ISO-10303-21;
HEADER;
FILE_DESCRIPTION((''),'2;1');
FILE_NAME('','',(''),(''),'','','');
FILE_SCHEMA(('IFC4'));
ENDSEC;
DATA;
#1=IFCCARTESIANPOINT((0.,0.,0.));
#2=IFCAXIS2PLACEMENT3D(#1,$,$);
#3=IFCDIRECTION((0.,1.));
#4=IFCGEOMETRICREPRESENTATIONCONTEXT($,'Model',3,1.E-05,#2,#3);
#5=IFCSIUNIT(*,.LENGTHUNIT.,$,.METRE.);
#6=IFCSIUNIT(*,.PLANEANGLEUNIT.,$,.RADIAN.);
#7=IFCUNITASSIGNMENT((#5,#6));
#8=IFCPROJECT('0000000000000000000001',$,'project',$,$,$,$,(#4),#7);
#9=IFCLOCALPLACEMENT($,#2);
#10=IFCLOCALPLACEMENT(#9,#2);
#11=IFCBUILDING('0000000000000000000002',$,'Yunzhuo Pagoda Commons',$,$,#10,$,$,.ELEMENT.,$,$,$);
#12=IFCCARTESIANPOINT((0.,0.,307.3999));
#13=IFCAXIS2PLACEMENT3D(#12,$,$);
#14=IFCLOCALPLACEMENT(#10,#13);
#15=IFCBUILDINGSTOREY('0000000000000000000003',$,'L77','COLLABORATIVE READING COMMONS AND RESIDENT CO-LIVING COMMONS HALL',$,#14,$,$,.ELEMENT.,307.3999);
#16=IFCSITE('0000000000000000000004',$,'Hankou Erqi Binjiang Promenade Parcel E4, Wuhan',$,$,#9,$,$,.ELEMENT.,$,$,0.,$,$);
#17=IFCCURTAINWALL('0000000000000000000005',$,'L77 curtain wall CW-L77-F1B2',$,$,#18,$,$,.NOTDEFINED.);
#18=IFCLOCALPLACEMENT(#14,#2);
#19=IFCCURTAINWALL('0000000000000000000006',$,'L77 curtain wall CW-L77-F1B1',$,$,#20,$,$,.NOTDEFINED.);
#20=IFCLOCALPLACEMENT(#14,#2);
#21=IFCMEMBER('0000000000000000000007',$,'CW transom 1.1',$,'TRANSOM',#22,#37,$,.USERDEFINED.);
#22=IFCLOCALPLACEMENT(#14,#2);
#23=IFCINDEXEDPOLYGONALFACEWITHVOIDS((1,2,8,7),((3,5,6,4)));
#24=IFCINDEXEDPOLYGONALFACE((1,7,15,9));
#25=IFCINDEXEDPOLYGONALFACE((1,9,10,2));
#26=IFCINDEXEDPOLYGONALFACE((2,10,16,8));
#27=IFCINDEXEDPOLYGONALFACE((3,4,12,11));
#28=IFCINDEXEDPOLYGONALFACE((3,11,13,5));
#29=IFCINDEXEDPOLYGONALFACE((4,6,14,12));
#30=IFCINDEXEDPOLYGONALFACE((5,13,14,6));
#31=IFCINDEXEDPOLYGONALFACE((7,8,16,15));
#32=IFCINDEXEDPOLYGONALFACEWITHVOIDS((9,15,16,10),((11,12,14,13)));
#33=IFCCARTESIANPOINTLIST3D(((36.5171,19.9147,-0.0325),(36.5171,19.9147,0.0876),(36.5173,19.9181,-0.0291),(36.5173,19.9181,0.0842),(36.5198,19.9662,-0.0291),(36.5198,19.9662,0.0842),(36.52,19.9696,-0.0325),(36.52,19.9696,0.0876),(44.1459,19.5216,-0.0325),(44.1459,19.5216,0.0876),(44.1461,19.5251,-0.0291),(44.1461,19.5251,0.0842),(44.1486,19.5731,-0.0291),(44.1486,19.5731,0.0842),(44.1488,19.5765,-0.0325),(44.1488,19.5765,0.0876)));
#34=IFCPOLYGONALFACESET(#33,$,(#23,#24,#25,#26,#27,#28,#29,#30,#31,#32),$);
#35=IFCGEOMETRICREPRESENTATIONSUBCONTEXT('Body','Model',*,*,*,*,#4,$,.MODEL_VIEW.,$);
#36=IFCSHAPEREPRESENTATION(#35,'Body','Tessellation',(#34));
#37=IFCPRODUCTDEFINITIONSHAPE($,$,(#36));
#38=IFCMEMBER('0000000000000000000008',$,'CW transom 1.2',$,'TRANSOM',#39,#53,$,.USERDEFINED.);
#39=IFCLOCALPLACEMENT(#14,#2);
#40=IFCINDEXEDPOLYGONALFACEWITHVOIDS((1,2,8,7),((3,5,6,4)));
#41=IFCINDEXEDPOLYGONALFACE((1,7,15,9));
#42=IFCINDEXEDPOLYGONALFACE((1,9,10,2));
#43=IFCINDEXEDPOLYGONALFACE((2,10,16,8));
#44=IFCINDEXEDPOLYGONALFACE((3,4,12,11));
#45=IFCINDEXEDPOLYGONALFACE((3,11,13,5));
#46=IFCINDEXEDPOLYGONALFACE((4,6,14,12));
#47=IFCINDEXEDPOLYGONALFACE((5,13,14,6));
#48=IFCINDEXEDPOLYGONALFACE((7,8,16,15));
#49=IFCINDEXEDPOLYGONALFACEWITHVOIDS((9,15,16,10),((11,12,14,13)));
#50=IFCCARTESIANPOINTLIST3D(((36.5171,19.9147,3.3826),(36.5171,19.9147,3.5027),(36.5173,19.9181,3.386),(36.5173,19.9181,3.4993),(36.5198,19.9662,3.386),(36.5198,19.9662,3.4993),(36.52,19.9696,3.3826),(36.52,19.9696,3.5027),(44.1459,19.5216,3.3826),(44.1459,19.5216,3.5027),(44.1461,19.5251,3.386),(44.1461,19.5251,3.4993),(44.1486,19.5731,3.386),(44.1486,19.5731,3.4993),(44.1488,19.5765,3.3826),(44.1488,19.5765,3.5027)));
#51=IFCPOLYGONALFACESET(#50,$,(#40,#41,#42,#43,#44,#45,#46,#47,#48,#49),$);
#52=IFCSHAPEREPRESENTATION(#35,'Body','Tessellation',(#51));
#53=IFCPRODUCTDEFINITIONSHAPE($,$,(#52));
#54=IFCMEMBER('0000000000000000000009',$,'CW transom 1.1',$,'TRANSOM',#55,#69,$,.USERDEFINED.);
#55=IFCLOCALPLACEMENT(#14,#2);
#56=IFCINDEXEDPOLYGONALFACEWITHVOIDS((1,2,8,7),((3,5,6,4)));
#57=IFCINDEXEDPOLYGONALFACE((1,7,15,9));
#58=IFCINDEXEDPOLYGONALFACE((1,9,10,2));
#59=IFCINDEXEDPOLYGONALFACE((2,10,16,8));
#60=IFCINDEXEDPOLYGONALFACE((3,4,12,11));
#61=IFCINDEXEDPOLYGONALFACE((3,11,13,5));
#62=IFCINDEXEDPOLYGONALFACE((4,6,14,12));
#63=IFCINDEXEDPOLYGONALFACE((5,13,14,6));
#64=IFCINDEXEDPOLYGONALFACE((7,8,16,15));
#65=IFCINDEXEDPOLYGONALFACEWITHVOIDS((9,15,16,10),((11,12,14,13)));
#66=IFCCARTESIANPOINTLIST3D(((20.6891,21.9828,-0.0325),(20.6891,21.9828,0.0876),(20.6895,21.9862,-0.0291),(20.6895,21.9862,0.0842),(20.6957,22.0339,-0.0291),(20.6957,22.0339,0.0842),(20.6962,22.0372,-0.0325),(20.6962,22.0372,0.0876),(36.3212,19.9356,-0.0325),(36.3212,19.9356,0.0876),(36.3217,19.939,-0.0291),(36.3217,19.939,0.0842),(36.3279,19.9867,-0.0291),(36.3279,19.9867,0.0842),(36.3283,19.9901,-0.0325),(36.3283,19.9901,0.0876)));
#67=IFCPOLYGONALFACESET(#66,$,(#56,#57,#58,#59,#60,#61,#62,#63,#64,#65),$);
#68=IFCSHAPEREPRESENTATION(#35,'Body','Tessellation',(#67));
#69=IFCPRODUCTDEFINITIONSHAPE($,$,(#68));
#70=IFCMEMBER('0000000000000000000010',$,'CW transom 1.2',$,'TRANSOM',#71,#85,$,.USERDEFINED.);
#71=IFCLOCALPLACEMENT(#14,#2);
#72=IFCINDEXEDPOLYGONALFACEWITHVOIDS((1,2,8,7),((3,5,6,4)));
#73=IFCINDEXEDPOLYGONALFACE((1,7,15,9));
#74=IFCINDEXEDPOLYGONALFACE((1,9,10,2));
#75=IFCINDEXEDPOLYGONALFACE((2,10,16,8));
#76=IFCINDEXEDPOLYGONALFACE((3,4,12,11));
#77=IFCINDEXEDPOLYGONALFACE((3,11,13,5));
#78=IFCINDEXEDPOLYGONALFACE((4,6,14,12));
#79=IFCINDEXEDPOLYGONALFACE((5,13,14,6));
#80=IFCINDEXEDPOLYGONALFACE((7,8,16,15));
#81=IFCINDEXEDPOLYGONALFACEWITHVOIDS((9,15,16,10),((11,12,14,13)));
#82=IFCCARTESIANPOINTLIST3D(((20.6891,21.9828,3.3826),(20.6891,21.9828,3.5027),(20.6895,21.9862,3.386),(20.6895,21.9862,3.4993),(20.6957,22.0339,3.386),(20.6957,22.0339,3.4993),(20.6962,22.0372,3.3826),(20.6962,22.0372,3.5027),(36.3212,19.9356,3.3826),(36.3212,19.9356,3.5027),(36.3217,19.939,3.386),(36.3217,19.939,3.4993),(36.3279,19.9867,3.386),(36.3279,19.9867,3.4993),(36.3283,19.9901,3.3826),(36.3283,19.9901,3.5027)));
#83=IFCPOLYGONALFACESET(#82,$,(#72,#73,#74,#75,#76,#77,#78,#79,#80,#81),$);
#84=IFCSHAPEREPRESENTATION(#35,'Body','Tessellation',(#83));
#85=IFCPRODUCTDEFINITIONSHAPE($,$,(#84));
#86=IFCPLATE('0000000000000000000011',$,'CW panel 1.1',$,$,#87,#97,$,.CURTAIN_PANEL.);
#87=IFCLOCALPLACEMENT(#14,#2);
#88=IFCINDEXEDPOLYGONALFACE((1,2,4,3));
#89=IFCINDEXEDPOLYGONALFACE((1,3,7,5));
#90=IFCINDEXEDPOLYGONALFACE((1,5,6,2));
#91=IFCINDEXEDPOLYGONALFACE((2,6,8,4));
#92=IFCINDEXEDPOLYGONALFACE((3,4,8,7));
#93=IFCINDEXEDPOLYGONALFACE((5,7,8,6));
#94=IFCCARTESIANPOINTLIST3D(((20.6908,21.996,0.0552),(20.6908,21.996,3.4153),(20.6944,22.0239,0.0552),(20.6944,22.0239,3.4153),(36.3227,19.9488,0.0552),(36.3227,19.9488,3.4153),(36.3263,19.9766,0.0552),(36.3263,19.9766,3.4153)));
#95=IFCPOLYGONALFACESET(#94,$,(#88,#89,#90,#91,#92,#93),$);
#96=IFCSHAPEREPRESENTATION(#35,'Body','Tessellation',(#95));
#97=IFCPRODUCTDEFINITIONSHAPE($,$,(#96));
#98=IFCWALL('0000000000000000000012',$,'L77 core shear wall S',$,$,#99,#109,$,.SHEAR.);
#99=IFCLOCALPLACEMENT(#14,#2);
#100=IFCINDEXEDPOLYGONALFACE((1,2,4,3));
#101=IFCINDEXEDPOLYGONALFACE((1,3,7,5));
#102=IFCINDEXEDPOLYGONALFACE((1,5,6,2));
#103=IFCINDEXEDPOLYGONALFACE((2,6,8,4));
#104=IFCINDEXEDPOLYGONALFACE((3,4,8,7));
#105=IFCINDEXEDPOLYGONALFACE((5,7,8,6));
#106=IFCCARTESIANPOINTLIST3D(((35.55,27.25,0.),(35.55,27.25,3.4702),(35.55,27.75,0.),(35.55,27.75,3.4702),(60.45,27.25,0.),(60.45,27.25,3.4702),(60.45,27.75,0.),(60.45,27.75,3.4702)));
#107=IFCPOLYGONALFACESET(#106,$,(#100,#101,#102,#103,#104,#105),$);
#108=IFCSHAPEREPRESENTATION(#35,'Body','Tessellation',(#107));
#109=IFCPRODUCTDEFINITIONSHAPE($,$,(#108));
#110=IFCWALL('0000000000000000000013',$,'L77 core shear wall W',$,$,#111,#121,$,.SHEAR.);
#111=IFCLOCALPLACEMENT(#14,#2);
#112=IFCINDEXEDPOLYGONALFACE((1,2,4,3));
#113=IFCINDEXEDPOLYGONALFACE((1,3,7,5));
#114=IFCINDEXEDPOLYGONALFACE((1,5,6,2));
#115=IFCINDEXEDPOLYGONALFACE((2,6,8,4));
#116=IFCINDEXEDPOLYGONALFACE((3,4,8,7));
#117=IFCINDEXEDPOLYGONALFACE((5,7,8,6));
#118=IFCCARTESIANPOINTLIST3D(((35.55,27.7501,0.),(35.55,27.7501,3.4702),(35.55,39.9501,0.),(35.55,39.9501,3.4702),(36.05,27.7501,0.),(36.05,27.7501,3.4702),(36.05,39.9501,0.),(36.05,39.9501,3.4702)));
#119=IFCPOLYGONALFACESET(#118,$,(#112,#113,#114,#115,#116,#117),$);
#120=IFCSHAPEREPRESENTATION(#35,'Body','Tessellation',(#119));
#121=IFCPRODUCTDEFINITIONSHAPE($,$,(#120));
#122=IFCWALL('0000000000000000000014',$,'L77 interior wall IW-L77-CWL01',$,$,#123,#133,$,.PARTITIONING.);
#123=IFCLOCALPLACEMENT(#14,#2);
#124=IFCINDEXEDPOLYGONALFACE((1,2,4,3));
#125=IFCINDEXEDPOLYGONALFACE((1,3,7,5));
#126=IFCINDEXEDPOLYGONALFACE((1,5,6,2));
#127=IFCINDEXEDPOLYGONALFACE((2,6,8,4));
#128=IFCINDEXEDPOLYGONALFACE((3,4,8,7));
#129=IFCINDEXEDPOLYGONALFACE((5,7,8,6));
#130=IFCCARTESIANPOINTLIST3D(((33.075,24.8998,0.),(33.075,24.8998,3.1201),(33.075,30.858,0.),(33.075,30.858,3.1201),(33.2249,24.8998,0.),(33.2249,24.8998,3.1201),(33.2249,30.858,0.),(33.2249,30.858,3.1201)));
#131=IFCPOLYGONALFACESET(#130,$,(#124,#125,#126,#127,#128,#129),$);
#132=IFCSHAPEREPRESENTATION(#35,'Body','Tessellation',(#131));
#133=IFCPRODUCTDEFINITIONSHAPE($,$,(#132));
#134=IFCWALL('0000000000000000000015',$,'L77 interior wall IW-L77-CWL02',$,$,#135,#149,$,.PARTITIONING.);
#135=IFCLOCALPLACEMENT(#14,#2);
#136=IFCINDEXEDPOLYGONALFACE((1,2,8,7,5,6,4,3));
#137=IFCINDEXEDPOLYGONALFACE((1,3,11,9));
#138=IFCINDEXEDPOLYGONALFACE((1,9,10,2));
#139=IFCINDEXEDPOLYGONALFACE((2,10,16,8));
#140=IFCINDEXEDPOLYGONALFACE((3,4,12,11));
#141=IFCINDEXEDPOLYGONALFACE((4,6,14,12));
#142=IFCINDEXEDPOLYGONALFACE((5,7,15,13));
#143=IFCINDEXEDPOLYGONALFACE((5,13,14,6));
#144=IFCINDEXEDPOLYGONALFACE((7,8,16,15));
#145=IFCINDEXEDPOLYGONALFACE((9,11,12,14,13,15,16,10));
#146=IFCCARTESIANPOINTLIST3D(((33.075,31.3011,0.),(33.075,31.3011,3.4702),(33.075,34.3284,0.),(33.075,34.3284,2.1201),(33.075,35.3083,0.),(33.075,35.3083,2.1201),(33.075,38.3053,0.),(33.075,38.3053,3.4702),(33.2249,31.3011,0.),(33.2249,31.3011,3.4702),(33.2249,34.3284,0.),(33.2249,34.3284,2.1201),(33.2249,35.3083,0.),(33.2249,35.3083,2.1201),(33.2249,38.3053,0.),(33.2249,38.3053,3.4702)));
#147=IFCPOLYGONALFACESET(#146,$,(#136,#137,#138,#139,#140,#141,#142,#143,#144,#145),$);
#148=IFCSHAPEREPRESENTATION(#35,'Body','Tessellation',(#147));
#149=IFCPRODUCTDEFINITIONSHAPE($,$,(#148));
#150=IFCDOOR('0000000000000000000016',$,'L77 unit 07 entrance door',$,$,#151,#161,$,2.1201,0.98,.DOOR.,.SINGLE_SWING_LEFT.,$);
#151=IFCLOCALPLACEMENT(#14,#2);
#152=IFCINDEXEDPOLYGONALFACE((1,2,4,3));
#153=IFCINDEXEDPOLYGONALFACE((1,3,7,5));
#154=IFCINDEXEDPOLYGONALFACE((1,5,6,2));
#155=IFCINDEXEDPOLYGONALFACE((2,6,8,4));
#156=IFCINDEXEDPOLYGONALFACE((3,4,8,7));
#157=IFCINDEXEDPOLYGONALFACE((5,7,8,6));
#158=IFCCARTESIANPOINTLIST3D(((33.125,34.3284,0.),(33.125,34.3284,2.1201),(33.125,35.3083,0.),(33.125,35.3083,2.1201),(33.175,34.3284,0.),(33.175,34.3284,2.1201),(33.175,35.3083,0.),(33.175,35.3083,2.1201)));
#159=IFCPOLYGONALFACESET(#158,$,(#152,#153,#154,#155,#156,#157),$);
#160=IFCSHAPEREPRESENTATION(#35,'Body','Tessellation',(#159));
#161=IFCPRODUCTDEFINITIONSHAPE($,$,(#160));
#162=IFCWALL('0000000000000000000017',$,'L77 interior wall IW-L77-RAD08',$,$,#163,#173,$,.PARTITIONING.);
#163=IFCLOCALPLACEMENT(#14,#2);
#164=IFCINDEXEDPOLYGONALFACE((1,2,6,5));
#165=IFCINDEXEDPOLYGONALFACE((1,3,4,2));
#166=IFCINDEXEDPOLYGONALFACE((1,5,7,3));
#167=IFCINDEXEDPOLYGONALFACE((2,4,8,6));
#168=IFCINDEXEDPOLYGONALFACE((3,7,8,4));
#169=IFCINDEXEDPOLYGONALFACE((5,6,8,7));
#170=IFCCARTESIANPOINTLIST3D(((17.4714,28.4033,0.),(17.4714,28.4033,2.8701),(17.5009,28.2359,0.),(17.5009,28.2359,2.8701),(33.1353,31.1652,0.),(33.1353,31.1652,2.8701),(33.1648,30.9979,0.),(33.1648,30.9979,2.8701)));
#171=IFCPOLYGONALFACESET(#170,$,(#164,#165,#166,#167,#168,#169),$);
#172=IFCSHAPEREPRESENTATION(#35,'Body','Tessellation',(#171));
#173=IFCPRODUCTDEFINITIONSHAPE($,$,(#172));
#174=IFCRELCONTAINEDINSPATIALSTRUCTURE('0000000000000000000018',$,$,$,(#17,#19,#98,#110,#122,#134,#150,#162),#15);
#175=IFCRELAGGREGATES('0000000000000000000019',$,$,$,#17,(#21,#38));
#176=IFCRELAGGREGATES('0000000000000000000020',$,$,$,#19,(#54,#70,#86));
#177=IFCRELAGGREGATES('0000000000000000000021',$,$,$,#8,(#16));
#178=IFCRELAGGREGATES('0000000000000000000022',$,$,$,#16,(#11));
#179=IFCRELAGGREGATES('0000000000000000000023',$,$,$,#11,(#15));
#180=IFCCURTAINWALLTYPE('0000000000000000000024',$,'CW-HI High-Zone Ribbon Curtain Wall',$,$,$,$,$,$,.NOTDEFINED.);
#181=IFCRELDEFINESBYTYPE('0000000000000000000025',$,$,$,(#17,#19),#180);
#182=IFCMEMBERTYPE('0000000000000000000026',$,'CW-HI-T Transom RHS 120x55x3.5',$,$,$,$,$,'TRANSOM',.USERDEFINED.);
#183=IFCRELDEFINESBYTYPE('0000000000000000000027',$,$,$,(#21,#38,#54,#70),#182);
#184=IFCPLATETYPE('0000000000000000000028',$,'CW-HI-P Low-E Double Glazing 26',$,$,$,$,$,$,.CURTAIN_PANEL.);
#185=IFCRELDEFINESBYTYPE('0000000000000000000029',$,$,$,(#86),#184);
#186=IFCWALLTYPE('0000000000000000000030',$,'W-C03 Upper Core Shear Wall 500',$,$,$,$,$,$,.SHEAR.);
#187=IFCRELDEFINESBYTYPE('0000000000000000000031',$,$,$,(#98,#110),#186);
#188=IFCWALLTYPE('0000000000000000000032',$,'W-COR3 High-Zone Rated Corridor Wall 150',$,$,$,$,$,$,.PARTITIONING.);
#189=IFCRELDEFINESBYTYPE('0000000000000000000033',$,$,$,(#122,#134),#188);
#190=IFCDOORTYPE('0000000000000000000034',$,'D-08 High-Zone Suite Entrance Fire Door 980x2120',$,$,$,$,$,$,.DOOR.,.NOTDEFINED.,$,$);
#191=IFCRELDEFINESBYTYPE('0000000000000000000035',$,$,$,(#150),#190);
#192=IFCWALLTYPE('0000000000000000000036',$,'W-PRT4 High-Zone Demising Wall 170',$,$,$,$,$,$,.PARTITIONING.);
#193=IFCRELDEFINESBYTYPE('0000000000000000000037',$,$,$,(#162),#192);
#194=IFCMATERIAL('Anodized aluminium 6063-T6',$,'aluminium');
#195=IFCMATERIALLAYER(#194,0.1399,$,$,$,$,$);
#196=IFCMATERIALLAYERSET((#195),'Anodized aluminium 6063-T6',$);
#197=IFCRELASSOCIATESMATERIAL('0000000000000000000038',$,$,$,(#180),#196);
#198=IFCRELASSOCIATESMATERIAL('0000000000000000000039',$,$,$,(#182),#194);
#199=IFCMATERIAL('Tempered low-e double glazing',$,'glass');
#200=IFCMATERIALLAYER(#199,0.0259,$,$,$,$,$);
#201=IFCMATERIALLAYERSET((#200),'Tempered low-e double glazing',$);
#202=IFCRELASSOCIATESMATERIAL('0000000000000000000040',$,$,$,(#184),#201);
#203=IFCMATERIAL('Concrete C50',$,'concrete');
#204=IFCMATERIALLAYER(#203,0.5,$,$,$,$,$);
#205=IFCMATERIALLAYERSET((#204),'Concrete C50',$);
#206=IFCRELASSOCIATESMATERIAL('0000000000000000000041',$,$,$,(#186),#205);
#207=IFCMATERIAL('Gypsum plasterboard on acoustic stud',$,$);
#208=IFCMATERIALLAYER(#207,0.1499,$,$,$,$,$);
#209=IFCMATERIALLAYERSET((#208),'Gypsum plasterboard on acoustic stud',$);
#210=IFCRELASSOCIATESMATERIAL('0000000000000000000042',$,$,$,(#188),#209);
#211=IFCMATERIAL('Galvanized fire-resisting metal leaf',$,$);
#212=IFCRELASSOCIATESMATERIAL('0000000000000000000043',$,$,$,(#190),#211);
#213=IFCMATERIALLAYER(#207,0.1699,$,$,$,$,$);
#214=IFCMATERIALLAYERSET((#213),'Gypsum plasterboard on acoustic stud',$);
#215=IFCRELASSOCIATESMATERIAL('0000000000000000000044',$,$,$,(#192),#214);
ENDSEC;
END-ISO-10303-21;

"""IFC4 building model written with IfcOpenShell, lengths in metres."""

from ifc_helpers import new_model, si_unit, direction, frame, frame_2d, origin, origin_with_axes, origin_2d, place, context, subcontext, project, spatial, rectangle, hollow_rectangle, extrude, source, transform, mapped, material, layer, layer_set, material_profile, profile_set, type_object, element, fill, aggregate, save


model = new_model("IFC4")

# Units and contexts
model_context = context("Model", 3, precision=1e-05, world=origin(), true_north=direction((0.0, 1.0)))
body_context = subcontext(model_context, "Body", "Model", "MODEL_VIEW")
ifc_project = project(units=[si_unit("LENGTHUNIT", "METRE"), si_unit("PLANEANGLEUNIT", "RADIAN")], contexts=[model_context])

# Site, building, storey
site_placement = place(None, origin())
site = spatial("IfcSite", under=ifc_project, at=site_placement, Name="Hankou Erqi Binjiang Promenade Parcel E4, Wuhan", CompositionType="ELEMENT", RefElevation=0.0)
building_placement = place(site_placement, origin())
building = spatial("IfcBuilding", under=site, at=building_placement, Name="Yunzhuo Pagoda Commons", CompositionType="ELEMENT")
storey_placement = place(building_placement, frame((0.0, 0.0, 307.3999)))
storey = spatial("IfcBuildingStorey", under=building, at=storey_placement, Name="L77", Description="COLLABORATIVE READING COMMONS AND RESIDENT CO-LIVING COMMONS HALL", CompositionType="ELEMENT", Elevation=307.3999)

# Curtain walls
ifc_material_1 = material(Name="Anodized aluminium 6063-T6", Category="aluminium")
ifc_layer_1 = layer(ifc_material_1, 0.1399)
ifc_layer_set_1 = layer_set([ifc_layer_1], Name="Anodized aluminium 6063-T6")
curtain_wall_type = type_object("IfcCurtainWallType", Name="CW-HI High-Zone Ribbon Curtain Wall", PredefinedType="NOTDEFINED", material=ifc_layer_set_1)
curtain_wall_1_placement = place(storey_placement, origin())
curtain_wall_1 = element("IfcCurtainWall", 1, at=curtain_wall_1_placement, inside=storey, type_object=curtain_wall_type, Name="L77 curtain wall CW-L77-F1B2", PredefinedType="NOTDEFINED")
curtain_wall_2_placement = place(storey_placement, origin())
curtain_wall_2 = element("IfcCurtainWall", 2, at=curtain_wall_2_placement, inside=storey, type_object=curtain_wall_type, Name="L77 curtain wall CW-L77-F1B1", PredefinedType="NOTDEFINED")

# Members
ifc_material_profile_1 = material_profile(ifc_material_1, hollow_rectangle(XDim=0.0549, YDim=0.1201, WallThickness=0.0034, at=origin_2d()), Name="Anodized aluminium 6063-T6")
ifc_profile_set_1 = profile_set([ifc_material_profile_1], Name="Anodized aluminium 6063-T6")
member_type_1 = type_object("IfcMemberType", Name="CW-HI-T Transom RHS 120x55x3.5", ElementType="TRANSOM", PredefinedType="USERDEFINED", material=ifc_profile_set_1)
shared_shape_1 = source(origin(), body_context, "Body", "SweptSolid", [
    extrude(hollow_rectangle(XDim=0.0549, YDim=0.1201, WallThickness=0.0034, at=origin_2d()), origin(), (0.0, 0.0, 1.0), 7.6389),
])
member_1_placement = place(storey_placement, frame((36.5186, 19.9421, 0.0276), z_axis=(0.998675, -0.051455, 0.0), x_axis=(0.051455, 0.998675, 0.0)))
member_1 = element("IfcMember", 3, at=member_1_placement, type_object=member_type_1, Name="CW transom 1.1", ObjectType="TRANSOM", PredefinedType="USERDEFINED", context=body_context, shape_type="MappedRepresentation", body=[
    mapped(shared_shape_1, transform((0.0, 0.0, 0.0), scale=1.0)),
])
member_2_placement = place(storey_placement, frame((36.5186, 19.9421, 3.4426), z_axis=(0.998675, -0.051455, 0.0), x_axis=(0.051455, 0.998675, 0.0)))
member_2 = element("IfcMember", 4, at=member_2_placement, type_object=member_type_1, Name="CW transom 1.2", ObjectType="TRANSOM", PredefinedType="USERDEFINED", context=body_context, shape_type="MappedRepresentation", body=[
    mapped(shared_shape_1, transform((0.0, 0.0, 0.0), scale=1.0)),
])
aggregate(curtain_wall_1, [member_1, member_2])
shared_shape_2 = source(origin(), body_context, "Body", "SweptSolid", [
    extrude(hollow_rectangle(XDim=0.0549, YDim=0.1201, WallThickness=0.0034, at=origin_2d()), origin(), (0.0, 0.0, 1.0), 15.7656),
])
member_3_placement = place(storey_placement, frame((20.6926, 22.01, 0.0276), z_axis=(0.991534, -0.129848, 0.0), x_axis=(0.129848, 0.991534, 0.0)))
member_3 = element("IfcMember", 5, at=member_3_placement, type_object=member_type_1, Name="CW transom 1.1", ObjectType="TRANSOM", PredefinedType="USERDEFINED", context=body_context, shape_type="MappedRepresentation", body=[
    mapped(shared_shape_2, transform((0.0, 0.0, 0.0), scale=1.0)),
])
member_4_placement = place(storey_placement, frame((20.6926, 22.01, 3.4426), z_axis=(0.991534, -0.129848, 0.0), x_axis=(0.129848, 0.991534, 0.0)))
member_4 = element("IfcMember", 6, at=member_4_placement, type_object=member_type_1, Name="CW transom 1.2", ObjectType="TRANSOM", PredefinedType="USERDEFINED", context=body_context, shape_type="MappedRepresentation", body=[
    mapped(shared_shape_2, transform((0.0, 0.0, 0.0), scale=1.0)),
])

# Plate
ifc_material_2 = material(Name="Tempered low-e double glazing", Category="glass")
ifc_layer_2 = layer(ifc_material_2, 0.0259)
ifc_layer_set_2 = layer_set([ifc_layer_2], Name="Tempered low-e double glazing")
plate_type = type_object("IfcPlateType", Name="CW-HI-P Low-E Double Glazing 26", PredefinedType="CURTAIN_PANEL", material=ifc_layer_set_2)
shared_shape_3 = source(origin(), body_context, "Body", "SweptSolid", [
    extrude(rectangle(XDim=15.7654, YDim=0.0281, at=origin_2d()), origin(), (0.0, 0.0, 1.0), 3.3601),
])
plate_placement = place(storey_placement, frame((28.5085, 20.9863, 0.0552), z_axis=(0.0, 0.0, 1.0), x_axis=(0.991533, -0.129855, 0.0)))
plate = element("IfcPlate", 7, at=plate_placement, type_object=plate_type, Name="CW panel 1.1", PredefinedType="CURTAIN_PANEL", context=body_context, shape_type="MappedRepresentation", body=[
    mapped(shared_shape_3, transform((0.0, 0.0, 0.0), scale=1.0)),
])
aggregate(curtain_wall_2, [member_3, member_4, plate])

# Walls
ifc_material_3 = material(Name="Concrete C50", Category="concrete")
ifc_layer_3 = layer(ifc_material_3, 0.5)
ifc_layer_set_3 = layer_set([ifc_layer_3], Name="Concrete C50")
wall_type_1 = type_object("IfcWallType", Name="W-C03 Upper Core Shear Wall 500", PredefinedType="SHEAR", material=ifc_layer_set_3)
wall_1_placement = place(storey_placement, frame((35.55, 27.5, 0.0), z_axis=(0.0, 0.0, 1.0), x_axis=(1.0, 0.0, 0.0)))
element("IfcWall", 8, at=wall_1_placement, inside=storey, type_object=wall_type_1, Name="L77 core shear wall S", PredefinedType="SHEAR", context=body_context, shape_type="SweptSolid", body=[
    extrude(rectangle(XDim=24.8999, YDim=0.5, at=frame_2d((12.45, 0.0))), origin(), (0.0, 0.0, 1.0), 3.4702),
])
wall_2_placement = place(storey_placement, frame((35.8, 27.75, 0.0), z_axis=(0.0, 0.0, 1.0), x_axis=(0.0, 1.0, 0.0)))
element("IfcWall", 9, at=wall_2_placement, inside=storey, type_object=wall_type_1, Name="L77 core shear wall W", PredefinedType="SHEAR", context=body_context, shape_type="SweptSolid", body=[
    extrude(rectangle(XDim=12.2, YDim=0.5, at=frame_2d((6.1001, 0.0))), origin(), (0.0, 0.0, 1.0), 3.4702),
])
ifc_material_4 = material(Name="Gypsum plasterboard on acoustic stud")
ifc_layer_4 = layer(ifc_material_4, 0.1499)
ifc_layer_set_4 = layer_set([ifc_layer_4], Name="Gypsum plasterboard on acoustic stud")
wall_type_2 = type_object("IfcWallType", Name="W-COR3 High-Zone Rated Corridor Wall 150", PredefinedType="PARTITIONING", material=ifc_layer_set_4)
wall_3_placement = place(storey_placement, frame((33.1499, 24.8999, 0.0), z_axis=(0.0, 0.0, 1.0), x_axis=(0.0, 1.0, 0.0)))
element("IfcWall", 10, at=wall_3_placement, inside=storey, type_object=wall_type_2, Name="L77 interior wall IW-L77-CWL01", PredefinedType="PARTITIONING", context=body_context, shape_type="SweptSolid", body=[
    extrude(rectangle(XDim=5.9583, YDim=0.1499, at=frame_2d((2.979, 0.0))), origin(), (0.0, 0.0, 1.0), 3.1201),
])

# Wall, opening, door
wall_4_placement = place(storey_placement, frame((33.1499, 31.3013, 0.0), z_axis=(0.0, 0.0, 1.0), x_axis=(0.0, 1.0, 0.0)))
wall_4 = element("IfcWall", 11, at=wall_4_placement, inside=storey, type_object=wall_type_2, Name="L77 interior wall IW-L77-CWL02", PredefinedType="PARTITIONING", context=body_context, shape_type="SweptSolid", body=[
    extrude(rectangle(XDim=7.0042, YDim=0.1499, at=frame_2d((3.502, 0.0))), origin(), (0.0, 0.0, 1.0), 3.4702),
])
opening_placement = place(wall_4_placement, frame((3.0271, 0.0, 0.0)))
opening = element("IfcOpeningElement", 12, at=opening_placement, cuts=wall_4, PredefinedType="OPENING", context=body_context, shape_type="SweptSolid", body=[
    extrude(rectangle(XDim=0.98, YDim=2.1201, at=frame_2d((0.49, 1.0601))), frame((0.0, 0.085, 0.0), z_axis=(0.0, -1.0, 0.0), x_axis=(1.0, 0.0, 0.0)), (0.0, 0.0, 1.0), 0.1699),
])
ifc_material_5 = material(Name="Galvanized fire-resisting metal leaf")
door_type = type_object("IfcDoorType", Name="D-08 High-Zone Suite Entrance Fire Door 980x2120", OperationType="NOTDEFINED", PredefinedType="DOOR", material=ifc_material_5)
shared_shape_4 = source(origin(), body_context, "Body", "SweptSolid", [
    extrude(rectangle(XDim=0.98, YDim=2.1201, at=frame_2d((0.49, 1.0601))), frame((0.0, 0.0249, 0.0), z_axis=(0.0, -1.0, 0.0), x_axis=(1.0, 0.0, 0.0)), (0.0, 0.0, 1.0), 0.05),
])
door_placement = place(opening_placement, origin_with_axes())
door = element("IfcDoor", 13, at=door_placement, inside=storey, type_object=door_type, Name="L77 unit 07 entrance door", OperationType="SINGLE_SWING_LEFT", OverallHeight=2.1201, OverallWidth=0.98, PredefinedType="DOOR", context=body_context, shape_type="MappedRepresentation", body=[
    mapped(shared_shape_4, transform((0.0, 0.0, 0.0), scale=1.0)),
])
fill(opening, door)

# Wall
ifc_layer_5 = layer(ifc_material_4, 0.1699)
ifc_layer_set_5 = layer_set([ifc_layer_5], Name="Gypsum plasterboard on acoustic stud")
wall_type_3 = type_object("IfcWallType", Name="W-PRT4 High-Zone Demising Wall 170", PredefinedType="PARTITIONING", material=ifc_layer_set_5)
wall_5_placement = place(storey_placement, frame((33.1499, 31.0815, 0.0), z_axis=(0.0, 0.0, 1.0), x_axis=(-0.984808, -0.173649, 0.0)))
element("IfcWall", 14, at=wall_5_placement, inside=storey, type_object=wall_type_3, Name="L77 interior wall IW-L77-RAD08", PredefinedType="PARTITIONING", context=body_context, shape_type="SweptSolid", body=[
    extrude(rectangle(XDim=15.9055, YDim=0.1699, at=frame_2d((7.9526, 0.0))), origin(), (0.0, 0.0, 1.0), 2.8701),
])

save(model, "model.ifc")
